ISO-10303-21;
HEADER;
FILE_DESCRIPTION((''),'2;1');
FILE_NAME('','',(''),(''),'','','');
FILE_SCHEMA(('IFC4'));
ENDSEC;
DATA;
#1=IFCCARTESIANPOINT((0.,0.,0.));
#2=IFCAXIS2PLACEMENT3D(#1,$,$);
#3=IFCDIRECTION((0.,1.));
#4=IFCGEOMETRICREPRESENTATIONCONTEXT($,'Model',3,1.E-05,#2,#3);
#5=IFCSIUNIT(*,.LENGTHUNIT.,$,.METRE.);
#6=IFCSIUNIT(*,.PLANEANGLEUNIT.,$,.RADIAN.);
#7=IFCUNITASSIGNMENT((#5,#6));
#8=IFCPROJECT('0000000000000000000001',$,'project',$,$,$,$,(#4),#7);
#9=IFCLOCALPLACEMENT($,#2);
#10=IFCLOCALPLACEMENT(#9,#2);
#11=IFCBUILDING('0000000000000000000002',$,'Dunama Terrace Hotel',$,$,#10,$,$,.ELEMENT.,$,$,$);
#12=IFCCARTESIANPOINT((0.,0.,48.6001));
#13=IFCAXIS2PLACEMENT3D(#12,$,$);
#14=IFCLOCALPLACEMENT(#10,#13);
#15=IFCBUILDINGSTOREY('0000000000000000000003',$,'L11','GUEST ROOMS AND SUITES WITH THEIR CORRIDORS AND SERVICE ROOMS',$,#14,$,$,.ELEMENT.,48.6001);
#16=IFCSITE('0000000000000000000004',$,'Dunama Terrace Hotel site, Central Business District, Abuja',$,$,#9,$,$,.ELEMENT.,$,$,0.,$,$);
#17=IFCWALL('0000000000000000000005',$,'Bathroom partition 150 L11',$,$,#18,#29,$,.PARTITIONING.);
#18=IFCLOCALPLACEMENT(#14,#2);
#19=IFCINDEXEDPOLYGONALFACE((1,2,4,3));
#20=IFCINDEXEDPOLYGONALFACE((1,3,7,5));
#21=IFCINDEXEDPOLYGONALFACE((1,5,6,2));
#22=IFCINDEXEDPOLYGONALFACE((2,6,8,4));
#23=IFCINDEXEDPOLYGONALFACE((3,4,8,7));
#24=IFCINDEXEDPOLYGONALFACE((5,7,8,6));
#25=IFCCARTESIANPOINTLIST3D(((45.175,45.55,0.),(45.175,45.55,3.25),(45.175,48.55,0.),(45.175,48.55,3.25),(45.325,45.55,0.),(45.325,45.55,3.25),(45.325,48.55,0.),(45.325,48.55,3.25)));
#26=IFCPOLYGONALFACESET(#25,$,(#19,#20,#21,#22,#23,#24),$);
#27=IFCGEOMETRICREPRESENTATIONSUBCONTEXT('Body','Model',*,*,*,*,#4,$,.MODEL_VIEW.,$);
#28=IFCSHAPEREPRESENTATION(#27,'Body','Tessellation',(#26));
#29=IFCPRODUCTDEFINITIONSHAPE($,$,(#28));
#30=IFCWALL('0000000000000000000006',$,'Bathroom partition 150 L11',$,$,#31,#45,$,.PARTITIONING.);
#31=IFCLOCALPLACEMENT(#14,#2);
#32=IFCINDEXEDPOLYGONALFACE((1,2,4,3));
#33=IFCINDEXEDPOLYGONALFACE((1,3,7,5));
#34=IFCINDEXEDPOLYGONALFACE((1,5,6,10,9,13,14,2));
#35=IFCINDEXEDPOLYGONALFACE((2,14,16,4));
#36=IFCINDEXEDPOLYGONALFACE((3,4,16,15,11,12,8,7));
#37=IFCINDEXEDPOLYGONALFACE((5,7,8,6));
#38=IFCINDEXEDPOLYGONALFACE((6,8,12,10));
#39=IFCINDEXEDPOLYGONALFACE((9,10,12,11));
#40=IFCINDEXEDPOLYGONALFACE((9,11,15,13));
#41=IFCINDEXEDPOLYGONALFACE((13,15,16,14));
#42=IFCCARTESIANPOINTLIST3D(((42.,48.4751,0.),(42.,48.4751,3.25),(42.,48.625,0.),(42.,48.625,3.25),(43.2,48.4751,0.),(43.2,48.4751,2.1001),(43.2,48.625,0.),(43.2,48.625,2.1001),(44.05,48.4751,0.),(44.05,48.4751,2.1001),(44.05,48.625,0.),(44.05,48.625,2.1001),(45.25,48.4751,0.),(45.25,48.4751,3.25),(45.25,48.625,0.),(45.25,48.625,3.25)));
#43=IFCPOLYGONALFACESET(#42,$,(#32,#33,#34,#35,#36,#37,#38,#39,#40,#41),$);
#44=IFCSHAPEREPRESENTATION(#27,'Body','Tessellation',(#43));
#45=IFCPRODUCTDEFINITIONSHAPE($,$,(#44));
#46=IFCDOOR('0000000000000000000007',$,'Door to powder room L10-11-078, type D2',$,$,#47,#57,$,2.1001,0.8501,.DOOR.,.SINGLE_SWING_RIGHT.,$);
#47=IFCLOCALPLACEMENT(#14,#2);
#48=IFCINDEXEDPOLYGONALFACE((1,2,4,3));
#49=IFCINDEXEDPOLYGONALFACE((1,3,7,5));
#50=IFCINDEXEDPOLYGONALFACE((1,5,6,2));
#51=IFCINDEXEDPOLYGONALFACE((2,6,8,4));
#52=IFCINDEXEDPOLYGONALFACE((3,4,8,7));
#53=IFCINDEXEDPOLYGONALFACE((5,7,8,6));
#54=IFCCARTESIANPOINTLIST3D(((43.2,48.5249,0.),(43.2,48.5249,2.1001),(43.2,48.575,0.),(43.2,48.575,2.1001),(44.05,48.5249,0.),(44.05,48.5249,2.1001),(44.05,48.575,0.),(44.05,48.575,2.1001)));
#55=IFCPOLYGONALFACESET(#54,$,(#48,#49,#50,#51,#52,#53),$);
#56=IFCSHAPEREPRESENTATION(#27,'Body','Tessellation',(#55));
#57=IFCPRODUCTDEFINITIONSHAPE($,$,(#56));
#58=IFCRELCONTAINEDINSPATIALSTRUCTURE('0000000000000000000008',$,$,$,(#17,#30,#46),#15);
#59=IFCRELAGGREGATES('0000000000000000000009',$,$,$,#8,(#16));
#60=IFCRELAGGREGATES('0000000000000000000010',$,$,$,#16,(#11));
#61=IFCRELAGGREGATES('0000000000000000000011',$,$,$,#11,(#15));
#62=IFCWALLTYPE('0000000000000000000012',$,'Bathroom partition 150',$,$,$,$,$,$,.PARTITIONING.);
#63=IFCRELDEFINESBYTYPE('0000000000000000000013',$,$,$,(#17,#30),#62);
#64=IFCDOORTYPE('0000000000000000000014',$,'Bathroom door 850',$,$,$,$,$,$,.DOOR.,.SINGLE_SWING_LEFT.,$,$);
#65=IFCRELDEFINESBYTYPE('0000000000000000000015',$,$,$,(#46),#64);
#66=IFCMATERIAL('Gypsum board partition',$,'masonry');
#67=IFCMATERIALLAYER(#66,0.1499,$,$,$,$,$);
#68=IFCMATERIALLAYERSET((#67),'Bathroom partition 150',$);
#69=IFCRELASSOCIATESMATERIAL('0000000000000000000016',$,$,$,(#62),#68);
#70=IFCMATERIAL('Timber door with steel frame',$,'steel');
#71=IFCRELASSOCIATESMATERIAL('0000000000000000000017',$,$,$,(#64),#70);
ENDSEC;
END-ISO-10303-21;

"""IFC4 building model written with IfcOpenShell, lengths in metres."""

from ifc_helpers import new_model, si_unit, direction, frame, frame_2d, origin, place, context, subcontext, project, spatial, rectangle, extrude, material, layer, layer_set, type_object, element, fill, save


model = new_model("IFC4")

# Units and contexts
model_context = context("Model", 3, precision=1e-05, world=origin(), true_north=direction((0.0, 1.0)))
body_context = subcontext(model_context, "Body", "Model", "MODEL_VIEW")
ifc_project = project(units=[si_unit("LENGTHUNIT", "METRE"), si_unit("PLANEANGLEUNIT", "RADIAN")], contexts=[model_context])

# Site, building, storey
site_placement = place(None, origin())
site = spatial("IfcSite", under=ifc_project, at=site_placement, Name="Dunama Terrace Hotel site, Central Business District, Abuja", CompositionType="ELEMENT", RefElevation=0.0)
building_placement = place(site_placement, origin())
building = spatial("IfcBuilding", under=site, at=building_placement, Name="Dunama Terrace Hotel", CompositionType="ELEMENT")
storey_placement = place(building_placement, frame((0.0, 0.0, 48.6001)))
storey = spatial("IfcBuildingStorey", under=building, at=storey_placement, Name="L11", Description="GUEST ROOMS AND SUITES WITH THEIR CORRIDORS AND SERVICE ROOMS", CompositionType="ELEMENT", Elevation=48.6001)

# Wall
ifc_material_1 = material(Name="Gypsum board partition", Category="masonry")
ifc_layer_1 = layer(ifc_material_1, 0.1499)
ifc_layer_set_1 = layer_set([ifc_layer_1], Name="Bathroom partition 150")
wall_type_1 = type_object("IfcWallType", Name="Bathroom partition 150", PredefinedType="PARTITIONING", material=ifc_layer_set_1)
wall_1_placement = place(storey_placement, frame((45.25, 45.55, 0.0), z_axis=(0.0, 0.0, 1.0), x_axis=(0.0, 1.0, 0.0)))
element("IfcWall", 1, at=wall_1_placement, inside=storey, type_object=wall_type_1, Name="Bathroom partition 150 L11", PredefinedType="PARTITIONING", context=body_context, shape_type="SweptSolid", body=[
    extrude(rectangle(XDim=3.0, YDim=0.1499, at=frame_2d((1.5, 0.0))), origin(), (0.0, 0.0, 1.0), 3.25),
])

# Wall, opening, door
wall_2_placement = place(storey_placement, frame((42.0, 48.55, 0.0), z_axis=(0.0, 0.0, 1.0), x_axis=(1.0, 0.0, 0.0)))
wall_2 = element("IfcWall", 2, at=wall_2_placement, inside=storey, type_object=wall_type_1, Name="Bathroom partition 150 L11", PredefinedType="PARTITIONING", context=body_context, shape_type="SweptSolid", body=[
    extrude(rectangle(XDim=3.25, YDim=0.1499, at=frame_2d((1.625, 0.0))), origin(), (0.0, 0.0, 1.0), 3.25),
])
opening_1_placement = place(wall_2_placement, frame((1.2, 0.0, 0.0)))
opening_1 = element("IfcOpeningElement", 3, at=opening_1_placement, cuts=wall_2, PredefinedType="OPENING", context=body_context, shape_type="SweptSolid", body=[
    extrude(rectangle(XDim=0.8501, YDim=2.1001, at=frame_2d((0.425, 1.05))), frame((0.0, 0.085, 0.0), z_axis=(0.0, -1.0, 0.0), x_axis=(1.0, 0.0, 0.0)), (0.0, 0.0, 1.0), 0.1699),
])
ifc_material_2 = material(Name="Timber door with steel frame", Category="steel")
door_type_1 = type_object("IfcDoorType", Name="Bathroom door 850", OperationType="SINGLE_SWING_LEFT", PredefinedType="DOOR", material=ifc_material_2)
door_1_placement = place(opening_1_placement, frame((0.8501, 0.0, 0.0), z_axis=(0.0, 0.0, 1.0), x_axis=(-1.0, 0.0, 0.0)))
door_1 = element("IfcDoor", 4, at=door_1_placement, inside=storey, type_object=door_type_1, Name="Door to powder room L10-11-078, type D2", OperationType="SINGLE_SWING_RIGHT", OverallHeight=2.1001, OverallWidth=0.8501, PredefinedType="DOOR", context=body_context, shape_type="SweptSolid", body=[
    extrude(rectangle(XDim=0.8501, YDim=2.1001, at=frame_2d((0.425, 1.05))), frame((0.0, 0.0251, 0.0), z_axis=(0.0, -1.0, 0.0), x_axis=(1.0, 0.0, 0.0)), (0.0, 0.0, 1.0), 0.05),
])
fill(opening_1, door_1)

save(model, "model.ifc")
